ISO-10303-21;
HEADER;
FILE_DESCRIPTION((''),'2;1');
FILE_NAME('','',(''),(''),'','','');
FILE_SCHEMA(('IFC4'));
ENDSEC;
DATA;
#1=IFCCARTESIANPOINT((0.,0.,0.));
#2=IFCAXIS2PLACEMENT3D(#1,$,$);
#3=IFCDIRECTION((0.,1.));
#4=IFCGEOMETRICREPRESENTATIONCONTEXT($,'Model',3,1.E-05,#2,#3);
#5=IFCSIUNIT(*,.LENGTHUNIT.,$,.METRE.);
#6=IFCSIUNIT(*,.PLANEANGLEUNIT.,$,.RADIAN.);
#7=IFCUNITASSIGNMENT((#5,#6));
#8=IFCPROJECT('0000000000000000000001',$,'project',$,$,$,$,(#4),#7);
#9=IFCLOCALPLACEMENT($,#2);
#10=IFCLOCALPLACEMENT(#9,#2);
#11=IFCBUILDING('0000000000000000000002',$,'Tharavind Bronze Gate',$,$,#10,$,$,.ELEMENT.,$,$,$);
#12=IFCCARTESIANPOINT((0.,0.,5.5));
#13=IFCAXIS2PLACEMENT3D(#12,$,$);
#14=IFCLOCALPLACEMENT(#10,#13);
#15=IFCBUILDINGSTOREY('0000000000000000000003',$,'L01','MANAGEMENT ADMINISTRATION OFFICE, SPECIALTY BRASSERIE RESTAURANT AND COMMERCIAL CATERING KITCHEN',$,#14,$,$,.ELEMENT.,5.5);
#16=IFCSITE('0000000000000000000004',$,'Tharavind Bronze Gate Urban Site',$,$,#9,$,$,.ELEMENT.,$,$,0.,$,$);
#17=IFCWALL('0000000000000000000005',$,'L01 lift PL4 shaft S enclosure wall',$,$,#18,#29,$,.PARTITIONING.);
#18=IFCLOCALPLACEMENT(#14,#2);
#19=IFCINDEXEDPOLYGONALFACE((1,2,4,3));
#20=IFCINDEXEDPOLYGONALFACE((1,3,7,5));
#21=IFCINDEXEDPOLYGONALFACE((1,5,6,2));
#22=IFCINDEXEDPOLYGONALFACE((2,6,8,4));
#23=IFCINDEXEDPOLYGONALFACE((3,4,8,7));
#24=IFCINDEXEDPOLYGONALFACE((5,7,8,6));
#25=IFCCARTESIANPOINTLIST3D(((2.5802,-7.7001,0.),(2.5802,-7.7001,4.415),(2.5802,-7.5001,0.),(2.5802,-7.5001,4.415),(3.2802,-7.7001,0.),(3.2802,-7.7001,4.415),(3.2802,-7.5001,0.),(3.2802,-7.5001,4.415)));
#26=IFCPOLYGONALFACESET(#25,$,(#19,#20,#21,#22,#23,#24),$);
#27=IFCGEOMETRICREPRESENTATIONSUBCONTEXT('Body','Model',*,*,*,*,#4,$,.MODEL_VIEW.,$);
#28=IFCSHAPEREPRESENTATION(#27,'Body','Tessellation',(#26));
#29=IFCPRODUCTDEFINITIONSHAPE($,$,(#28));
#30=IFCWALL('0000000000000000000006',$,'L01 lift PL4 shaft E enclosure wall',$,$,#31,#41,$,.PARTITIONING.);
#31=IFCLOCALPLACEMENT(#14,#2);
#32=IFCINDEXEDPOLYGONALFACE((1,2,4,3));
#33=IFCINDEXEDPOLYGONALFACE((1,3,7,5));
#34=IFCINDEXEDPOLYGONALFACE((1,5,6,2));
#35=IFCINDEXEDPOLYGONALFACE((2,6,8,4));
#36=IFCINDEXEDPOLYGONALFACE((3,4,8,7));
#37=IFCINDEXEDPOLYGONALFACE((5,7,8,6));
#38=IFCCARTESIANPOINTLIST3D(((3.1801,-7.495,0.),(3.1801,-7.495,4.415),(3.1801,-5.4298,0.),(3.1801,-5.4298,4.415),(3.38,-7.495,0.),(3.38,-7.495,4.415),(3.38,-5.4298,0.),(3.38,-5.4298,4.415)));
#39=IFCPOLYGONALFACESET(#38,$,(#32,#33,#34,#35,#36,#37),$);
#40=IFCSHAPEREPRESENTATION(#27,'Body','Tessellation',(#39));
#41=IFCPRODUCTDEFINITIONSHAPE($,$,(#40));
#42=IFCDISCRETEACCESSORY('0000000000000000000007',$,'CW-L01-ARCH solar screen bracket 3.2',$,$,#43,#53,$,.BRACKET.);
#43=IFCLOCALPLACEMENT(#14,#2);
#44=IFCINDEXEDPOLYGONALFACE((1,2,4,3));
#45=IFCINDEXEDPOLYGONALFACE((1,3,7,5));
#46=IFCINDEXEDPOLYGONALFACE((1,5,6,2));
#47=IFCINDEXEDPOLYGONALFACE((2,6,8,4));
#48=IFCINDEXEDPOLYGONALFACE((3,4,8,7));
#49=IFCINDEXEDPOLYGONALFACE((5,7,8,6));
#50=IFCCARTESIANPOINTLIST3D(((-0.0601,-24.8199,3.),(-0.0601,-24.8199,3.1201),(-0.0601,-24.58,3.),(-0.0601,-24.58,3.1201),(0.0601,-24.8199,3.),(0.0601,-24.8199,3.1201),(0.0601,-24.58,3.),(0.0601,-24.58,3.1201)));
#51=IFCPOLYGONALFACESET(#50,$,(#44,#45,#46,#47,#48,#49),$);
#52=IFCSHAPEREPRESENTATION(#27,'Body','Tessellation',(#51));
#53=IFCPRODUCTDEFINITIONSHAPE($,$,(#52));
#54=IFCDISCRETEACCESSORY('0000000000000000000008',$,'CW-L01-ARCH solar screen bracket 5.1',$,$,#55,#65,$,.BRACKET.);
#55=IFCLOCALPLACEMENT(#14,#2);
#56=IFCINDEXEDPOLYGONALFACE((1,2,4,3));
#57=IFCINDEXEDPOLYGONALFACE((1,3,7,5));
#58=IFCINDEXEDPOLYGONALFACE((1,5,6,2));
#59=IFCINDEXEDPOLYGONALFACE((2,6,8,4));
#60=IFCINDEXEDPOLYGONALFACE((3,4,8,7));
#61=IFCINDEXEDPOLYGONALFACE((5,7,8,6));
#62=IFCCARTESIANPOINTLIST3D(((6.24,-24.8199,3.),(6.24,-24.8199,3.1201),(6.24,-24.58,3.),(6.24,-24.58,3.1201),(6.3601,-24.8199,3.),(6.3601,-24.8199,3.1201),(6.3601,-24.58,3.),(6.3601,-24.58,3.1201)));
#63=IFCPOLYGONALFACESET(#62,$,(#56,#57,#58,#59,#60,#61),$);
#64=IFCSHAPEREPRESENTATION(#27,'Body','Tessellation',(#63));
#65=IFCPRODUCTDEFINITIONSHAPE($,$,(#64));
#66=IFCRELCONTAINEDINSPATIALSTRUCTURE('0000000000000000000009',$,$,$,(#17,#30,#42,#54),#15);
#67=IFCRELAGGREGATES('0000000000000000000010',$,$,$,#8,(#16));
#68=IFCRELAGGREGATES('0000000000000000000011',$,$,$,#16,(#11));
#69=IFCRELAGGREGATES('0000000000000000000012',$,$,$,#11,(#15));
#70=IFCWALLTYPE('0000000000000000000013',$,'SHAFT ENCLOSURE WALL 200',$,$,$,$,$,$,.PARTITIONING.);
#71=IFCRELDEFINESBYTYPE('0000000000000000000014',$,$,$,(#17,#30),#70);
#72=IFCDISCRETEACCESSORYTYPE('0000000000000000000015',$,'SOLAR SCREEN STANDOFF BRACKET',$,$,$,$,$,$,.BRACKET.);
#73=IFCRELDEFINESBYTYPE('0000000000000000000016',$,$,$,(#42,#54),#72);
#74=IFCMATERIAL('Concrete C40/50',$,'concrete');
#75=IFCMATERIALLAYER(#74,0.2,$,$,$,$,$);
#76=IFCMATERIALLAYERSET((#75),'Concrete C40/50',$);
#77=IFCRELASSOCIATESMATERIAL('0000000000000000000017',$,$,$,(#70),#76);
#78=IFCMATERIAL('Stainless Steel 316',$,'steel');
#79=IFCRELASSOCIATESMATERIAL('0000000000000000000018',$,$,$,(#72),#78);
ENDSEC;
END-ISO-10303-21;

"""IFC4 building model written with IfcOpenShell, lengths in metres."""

from ifc_helpers import new_model, si_unit, direction, frame, frame_2d, origin, origin_2d, place, context, subcontext, project, spatial, rectangle, extrude, material, layer, layer_set, type_object, element, save


model = new_model("IFC4")

# Units and contexts
model_context = context("Model", 3, precision=1e-05, world=origin(), true_north=direction((0.0, 1.0)))
body_context = subcontext(model_context, "Body", "Model", "MODEL_VIEW")
ifc_project = project(units=[si_unit("LENGTHUNIT", "METRE"), si_unit("PLANEANGLEUNIT", "RADIAN")], contexts=[model_context])

# Site, building, storey
site_placement = place(None, origin())
site = spatial("IfcSite", under=ifc_project, at=site_placement, Name="Tharavind Bronze Gate Urban Site", CompositionType="ELEMENT", RefElevation=0.0)
building_placement = place(site_placement, origin())
building = spatial("IfcBuilding", under=site, at=building_placement, Name="Tharavind Bronze Gate", CompositionType="ELEMENT")
storey_placement = place(building_placement, frame((0.0, 0.0, 5.5)))
storey = spatial("IfcBuildingStorey", under=building, at=storey_placement, Name="L01", Description="MANAGEMENT ADMINISTRATION OFFICE, SPECIALTY BRASSERIE RESTAURANT AND COMMERCIAL CATERING KITCHEN", CompositionType="ELEMENT", Elevation=5.5)

# Walls
ifc_material_1 = material(Name="Concrete C40/50", Category="concrete")
ifc_layer_1 = layer(ifc_material_1, 0.2)
ifc_layer_set_1 = layer_set([ifc_layer_1], Name="Concrete C40/50")
wall_type_1 = type_object("IfcWallType", Name="SHAFT ENCLOSURE WALL 200", PredefinedType="PARTITIONING", material=ifc_layer_set_1)
wall_1_placement = place(storey_placement, frame((2.5801, -7.6001, 0.0), z_axis=(0.0, 0.0, 1.0), x_axis=(1.0, 0.0, 0.0)))
element("IfcWall", 1, at=wall_1_placement, inside=storey, type_object=wall_type_1, Name="L01 lift PL4 shaft S enclosure wall", PredefinedType="PARTITIONING", context=body_context, shape_type="SweptSolid", body=[
    extrude(rectangle(XDim=0.7, YDim=0.2, at=frame_2d((0.3501, 0.0))), origin(), (0.0, 0.0, 1.0), 4.415),
])
wall_2_placement = place(storey_placement, frame((3.28, -7.4951, 0.0), z_axis=(0.0, 0.0, 1.0), x_axis=(0.0, 1.0, 0.0)))
element("IfcWall", 2, at=wall_2_placement, inside=storey, type_object=wall_type_1, Name="L01 lift PL4 shaft E enclosure wall", PredefinedType="PARTITIONING", context=body_context, shape_type="SweptSolid", body=[
    extrude(rectangle(XDim=2.0652, YDim=0.2, at=frame_2d((1.0327, 0.0))), origin(), (0.0, 0.0, 1.0), 4.415),
])

# Discrete accessories
ifc_material_2 = material(Name="Stainless Steel 316", Category="steel")
discrete_accessory_type = type_object("IfcDiscreteAccessoryType", Name="SOLAR SCREEN STANDOFF BRACKET", PredefinedType="BRACKET", material=ifc_material_2)
for number, where, z_axis, x_axis, name in (
    (3, (0.0, -24.7, 3.0), (0.0, 0.0, 1.0), (1.0, 0.0, 0.0), "CW-L01-ARCH solar screen bracket 3.2"),
    (4, (6.3, -24.7, 3.0), (0.0, 0.0, 1.0), (1.0, 0.0, 0.0), "CW-L01-ARCH solar screen bracket 5.1"),
):
    element("IfcDiscreteAccessory", number, at=place(storey_placement, frame(where, z_axis=z_axis, x_axis=x_axis)), inside=storey, type_object=discrete_accessory_type, Name=name, PredefinedType="BRACKET", context=body_context, shape_type="SweptSolid", body=[
        extrude(rectangle(XDim=0.1201, YDim=0.24, at=origin_2d()), origin(), (0.0, 0.0, 1.0), 0.1201),
    ])

save(model, "model.ifc")
